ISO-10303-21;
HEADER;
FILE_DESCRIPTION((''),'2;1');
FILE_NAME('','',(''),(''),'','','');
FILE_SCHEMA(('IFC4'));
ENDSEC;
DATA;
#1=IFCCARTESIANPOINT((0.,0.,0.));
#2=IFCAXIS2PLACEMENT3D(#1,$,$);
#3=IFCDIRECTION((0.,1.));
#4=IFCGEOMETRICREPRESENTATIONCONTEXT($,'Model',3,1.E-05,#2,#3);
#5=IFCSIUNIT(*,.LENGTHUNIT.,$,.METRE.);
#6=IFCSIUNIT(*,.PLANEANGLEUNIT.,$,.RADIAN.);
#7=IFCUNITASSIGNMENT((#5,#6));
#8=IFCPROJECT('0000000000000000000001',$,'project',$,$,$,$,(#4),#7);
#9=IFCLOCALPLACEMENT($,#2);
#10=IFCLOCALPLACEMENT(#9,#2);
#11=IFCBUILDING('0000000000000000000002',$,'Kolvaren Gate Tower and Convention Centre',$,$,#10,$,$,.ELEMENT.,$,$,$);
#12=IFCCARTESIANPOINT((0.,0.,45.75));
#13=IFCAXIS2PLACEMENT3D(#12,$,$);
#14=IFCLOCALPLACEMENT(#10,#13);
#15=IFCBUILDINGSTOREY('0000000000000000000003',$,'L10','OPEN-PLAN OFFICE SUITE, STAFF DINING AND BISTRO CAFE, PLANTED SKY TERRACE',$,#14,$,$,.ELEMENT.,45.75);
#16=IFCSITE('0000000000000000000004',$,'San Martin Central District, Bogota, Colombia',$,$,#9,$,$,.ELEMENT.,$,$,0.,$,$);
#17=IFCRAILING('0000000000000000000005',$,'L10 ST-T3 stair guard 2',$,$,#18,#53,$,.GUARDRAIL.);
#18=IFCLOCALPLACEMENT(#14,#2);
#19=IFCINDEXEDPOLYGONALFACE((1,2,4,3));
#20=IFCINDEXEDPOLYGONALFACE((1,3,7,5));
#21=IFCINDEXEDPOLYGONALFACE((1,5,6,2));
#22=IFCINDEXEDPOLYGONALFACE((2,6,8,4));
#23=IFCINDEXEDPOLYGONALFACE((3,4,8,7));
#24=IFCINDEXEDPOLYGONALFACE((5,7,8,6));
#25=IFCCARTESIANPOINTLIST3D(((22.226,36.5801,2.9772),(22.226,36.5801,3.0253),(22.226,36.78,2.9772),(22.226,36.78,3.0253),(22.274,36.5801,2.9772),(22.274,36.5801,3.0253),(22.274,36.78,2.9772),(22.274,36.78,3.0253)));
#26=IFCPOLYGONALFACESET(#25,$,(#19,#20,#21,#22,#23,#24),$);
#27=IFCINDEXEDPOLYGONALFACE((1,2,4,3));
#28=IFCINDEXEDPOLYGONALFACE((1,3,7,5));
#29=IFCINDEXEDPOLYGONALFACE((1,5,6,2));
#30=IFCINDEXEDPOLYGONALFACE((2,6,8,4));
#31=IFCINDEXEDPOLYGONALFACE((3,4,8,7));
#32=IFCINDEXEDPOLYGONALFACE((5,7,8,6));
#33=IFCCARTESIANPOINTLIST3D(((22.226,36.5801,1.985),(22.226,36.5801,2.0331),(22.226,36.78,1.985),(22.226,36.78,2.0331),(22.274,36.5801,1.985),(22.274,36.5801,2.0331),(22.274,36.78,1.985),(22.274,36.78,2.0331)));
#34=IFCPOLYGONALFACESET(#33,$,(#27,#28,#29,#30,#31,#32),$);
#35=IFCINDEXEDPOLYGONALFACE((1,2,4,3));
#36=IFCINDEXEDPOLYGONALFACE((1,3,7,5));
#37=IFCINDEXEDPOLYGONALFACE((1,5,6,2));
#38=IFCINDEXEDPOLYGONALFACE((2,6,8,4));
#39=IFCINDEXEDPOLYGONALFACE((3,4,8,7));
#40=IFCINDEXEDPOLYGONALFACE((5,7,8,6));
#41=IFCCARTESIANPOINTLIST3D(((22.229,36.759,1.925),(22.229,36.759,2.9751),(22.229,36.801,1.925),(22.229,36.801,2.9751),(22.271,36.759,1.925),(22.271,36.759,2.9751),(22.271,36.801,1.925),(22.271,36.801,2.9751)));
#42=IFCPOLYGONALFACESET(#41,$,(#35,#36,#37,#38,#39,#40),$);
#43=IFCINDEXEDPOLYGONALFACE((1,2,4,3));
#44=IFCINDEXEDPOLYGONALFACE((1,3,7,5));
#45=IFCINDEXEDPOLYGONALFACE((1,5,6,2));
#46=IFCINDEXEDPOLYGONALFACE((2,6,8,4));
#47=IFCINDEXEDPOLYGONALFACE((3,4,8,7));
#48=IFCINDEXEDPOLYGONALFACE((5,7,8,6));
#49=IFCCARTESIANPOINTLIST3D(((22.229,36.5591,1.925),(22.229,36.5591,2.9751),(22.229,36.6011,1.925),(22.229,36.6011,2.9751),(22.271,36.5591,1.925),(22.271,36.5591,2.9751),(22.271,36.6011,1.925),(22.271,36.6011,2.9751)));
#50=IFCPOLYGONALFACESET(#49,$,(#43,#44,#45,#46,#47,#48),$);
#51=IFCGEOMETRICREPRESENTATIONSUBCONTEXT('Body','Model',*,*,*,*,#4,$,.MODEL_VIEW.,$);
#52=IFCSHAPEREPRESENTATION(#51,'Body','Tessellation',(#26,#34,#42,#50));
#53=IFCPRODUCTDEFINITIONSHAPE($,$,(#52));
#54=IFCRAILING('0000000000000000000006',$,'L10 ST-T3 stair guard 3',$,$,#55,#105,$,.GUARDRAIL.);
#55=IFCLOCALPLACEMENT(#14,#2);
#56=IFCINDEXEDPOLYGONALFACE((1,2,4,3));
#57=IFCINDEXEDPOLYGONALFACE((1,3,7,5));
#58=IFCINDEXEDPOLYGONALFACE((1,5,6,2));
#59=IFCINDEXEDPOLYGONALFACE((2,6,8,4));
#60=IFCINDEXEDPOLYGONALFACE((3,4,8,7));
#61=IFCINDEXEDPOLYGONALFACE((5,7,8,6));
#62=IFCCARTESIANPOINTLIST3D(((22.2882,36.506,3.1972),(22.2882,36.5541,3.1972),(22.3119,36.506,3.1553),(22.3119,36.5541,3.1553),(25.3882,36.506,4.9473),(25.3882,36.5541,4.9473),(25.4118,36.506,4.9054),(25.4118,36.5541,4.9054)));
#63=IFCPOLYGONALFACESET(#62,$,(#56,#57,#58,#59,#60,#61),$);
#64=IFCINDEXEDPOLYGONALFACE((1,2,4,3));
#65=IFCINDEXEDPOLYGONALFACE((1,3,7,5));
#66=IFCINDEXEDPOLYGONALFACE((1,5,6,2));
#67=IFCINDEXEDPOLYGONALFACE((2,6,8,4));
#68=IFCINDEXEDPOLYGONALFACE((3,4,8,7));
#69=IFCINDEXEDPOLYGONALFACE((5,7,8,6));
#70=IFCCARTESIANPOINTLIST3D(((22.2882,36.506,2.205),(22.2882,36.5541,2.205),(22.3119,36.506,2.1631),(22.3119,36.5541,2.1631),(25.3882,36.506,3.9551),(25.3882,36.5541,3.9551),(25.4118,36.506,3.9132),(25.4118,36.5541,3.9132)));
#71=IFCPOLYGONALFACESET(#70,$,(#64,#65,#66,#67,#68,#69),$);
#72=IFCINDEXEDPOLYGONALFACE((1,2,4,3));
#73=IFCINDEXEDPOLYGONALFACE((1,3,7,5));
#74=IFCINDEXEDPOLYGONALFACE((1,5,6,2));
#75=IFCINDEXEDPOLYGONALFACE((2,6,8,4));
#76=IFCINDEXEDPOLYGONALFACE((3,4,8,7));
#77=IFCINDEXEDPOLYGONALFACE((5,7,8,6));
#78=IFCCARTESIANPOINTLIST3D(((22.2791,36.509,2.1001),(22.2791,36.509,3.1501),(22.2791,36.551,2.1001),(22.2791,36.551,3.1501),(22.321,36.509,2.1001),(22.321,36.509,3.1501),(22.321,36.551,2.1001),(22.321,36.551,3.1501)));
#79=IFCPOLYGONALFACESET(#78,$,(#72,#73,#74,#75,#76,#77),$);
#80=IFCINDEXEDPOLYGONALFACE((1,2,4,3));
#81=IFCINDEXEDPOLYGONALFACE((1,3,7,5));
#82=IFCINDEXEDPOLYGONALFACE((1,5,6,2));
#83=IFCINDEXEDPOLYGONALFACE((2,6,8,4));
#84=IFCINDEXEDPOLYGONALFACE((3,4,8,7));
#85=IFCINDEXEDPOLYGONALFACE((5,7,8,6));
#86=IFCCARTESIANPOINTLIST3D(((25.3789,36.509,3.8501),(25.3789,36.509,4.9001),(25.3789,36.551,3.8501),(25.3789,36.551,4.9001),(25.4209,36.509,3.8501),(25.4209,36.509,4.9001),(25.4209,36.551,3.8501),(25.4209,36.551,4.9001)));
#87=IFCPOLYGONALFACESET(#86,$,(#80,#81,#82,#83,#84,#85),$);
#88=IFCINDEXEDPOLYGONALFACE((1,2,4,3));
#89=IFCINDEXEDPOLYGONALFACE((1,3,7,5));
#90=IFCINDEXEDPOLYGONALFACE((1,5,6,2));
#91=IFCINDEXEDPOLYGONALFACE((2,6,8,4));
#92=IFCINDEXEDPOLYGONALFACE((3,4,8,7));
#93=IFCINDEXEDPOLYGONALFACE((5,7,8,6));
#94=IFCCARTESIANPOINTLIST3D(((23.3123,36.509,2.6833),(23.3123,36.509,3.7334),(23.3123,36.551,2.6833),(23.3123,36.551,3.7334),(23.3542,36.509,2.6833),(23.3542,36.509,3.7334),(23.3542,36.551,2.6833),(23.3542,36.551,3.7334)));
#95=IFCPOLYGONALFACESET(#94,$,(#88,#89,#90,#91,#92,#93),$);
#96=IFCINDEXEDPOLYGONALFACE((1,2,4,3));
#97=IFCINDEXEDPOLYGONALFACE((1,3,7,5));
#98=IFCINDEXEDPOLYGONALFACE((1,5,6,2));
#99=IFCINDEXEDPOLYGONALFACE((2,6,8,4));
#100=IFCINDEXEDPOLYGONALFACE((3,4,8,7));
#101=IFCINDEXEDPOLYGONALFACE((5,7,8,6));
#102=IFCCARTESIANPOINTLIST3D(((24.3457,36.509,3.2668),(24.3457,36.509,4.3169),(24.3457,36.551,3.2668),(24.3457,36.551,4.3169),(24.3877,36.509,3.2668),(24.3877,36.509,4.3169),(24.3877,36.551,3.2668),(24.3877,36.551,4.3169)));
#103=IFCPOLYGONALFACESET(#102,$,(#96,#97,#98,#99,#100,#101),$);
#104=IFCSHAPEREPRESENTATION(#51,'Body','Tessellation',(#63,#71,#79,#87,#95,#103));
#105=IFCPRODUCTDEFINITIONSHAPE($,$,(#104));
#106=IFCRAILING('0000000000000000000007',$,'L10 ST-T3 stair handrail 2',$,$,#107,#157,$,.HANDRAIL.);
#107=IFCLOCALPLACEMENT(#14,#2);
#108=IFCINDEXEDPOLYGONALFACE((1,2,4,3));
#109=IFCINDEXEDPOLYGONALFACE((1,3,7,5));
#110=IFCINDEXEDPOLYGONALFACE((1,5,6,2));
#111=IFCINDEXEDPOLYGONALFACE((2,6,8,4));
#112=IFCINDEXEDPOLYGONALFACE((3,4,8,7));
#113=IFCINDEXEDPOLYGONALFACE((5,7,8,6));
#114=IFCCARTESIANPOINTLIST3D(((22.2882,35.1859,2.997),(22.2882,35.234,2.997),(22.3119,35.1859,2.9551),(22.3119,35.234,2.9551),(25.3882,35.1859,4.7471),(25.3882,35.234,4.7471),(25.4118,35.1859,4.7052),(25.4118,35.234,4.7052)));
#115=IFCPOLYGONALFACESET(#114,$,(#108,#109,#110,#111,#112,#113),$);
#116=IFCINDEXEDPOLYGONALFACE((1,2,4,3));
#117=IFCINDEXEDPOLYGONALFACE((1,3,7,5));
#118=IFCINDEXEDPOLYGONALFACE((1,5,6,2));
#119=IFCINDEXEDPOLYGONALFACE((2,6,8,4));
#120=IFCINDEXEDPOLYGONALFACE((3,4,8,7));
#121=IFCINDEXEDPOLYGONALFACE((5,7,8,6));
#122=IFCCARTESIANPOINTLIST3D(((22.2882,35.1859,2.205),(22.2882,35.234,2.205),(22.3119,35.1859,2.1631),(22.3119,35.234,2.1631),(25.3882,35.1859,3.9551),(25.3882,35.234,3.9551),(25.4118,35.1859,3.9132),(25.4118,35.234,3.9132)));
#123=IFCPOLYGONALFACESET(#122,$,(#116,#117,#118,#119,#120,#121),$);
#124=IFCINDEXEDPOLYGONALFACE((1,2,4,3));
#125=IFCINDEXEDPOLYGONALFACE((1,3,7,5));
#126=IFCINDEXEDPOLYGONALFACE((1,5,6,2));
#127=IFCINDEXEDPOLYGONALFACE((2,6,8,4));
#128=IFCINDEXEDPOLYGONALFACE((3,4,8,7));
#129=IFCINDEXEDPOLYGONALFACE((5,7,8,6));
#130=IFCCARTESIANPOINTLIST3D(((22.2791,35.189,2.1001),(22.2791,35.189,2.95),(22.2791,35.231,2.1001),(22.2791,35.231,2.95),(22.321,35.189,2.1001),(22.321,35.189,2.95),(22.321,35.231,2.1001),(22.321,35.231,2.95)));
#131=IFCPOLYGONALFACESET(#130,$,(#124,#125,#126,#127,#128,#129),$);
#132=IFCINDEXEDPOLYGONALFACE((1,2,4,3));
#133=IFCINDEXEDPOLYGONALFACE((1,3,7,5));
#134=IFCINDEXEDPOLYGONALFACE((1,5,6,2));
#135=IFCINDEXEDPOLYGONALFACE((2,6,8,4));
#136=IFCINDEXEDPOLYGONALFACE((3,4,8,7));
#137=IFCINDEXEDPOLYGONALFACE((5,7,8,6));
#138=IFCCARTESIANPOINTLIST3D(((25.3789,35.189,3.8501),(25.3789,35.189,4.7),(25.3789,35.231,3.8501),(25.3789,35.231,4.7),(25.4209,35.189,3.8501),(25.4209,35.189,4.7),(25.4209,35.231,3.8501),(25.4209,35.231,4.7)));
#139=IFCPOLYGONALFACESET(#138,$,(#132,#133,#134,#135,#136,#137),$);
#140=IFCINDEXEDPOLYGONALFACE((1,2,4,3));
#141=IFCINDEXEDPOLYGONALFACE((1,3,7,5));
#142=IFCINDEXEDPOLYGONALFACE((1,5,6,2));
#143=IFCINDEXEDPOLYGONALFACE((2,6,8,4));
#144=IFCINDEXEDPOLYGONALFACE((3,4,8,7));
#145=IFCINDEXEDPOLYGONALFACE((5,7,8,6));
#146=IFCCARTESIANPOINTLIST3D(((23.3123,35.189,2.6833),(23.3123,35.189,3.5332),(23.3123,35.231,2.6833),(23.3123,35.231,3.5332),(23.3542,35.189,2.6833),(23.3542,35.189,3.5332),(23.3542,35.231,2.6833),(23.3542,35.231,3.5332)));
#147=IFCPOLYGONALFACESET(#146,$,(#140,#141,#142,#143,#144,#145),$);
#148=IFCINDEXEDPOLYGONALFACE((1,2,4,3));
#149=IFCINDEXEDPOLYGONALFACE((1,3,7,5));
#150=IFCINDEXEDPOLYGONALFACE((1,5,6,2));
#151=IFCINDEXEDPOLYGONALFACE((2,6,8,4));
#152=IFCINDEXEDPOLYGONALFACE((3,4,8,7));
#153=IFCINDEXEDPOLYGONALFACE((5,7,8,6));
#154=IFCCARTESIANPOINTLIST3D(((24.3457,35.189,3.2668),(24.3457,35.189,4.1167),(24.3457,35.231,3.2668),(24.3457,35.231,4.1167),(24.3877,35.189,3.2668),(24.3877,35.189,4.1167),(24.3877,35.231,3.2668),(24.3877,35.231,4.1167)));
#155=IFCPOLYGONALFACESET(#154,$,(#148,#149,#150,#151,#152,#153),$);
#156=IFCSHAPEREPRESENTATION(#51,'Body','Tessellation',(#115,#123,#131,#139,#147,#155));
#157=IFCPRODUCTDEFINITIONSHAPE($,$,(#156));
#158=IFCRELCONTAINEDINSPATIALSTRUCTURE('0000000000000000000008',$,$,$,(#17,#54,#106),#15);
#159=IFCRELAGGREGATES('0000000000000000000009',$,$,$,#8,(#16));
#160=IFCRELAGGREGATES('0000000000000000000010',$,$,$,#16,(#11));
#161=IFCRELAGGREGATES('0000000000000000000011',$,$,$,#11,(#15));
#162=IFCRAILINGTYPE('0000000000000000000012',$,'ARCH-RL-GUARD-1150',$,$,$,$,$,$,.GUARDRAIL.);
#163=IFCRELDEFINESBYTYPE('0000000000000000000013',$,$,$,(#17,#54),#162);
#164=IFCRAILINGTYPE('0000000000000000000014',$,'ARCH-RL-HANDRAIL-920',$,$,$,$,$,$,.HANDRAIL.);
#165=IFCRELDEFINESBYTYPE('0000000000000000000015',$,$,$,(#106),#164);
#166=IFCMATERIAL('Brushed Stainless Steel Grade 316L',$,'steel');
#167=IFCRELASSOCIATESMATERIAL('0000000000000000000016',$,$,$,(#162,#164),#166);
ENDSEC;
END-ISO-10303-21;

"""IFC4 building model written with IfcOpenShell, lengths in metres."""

from ifc_helpers import new_model, si_unit, direction, frame, origin, origin_2d, place, context, subcontext, project, spatial, rectangle, extrude, material, type_object, element, save


model = new_model("IFC4")

# Units and contexts
model_context = context("Model", 3, precision=1e-05, world=origin(), true_north=direction((0.0, 1.0)))
body_context = subcontext(model_context, "Body", "Model", "MODEL_VIEW")
ifc_project = project(units=[si_unit("LENGTHUNIT", "METRE"), si_unit("PLANEANGLEUNIT", "RADIAN")], contexts=[model_context])

# Site, building, storey
site_placement = place(None, origin())
site = spatial("IfcSite", under=ifc_project, at=site_placement, Name="San Martin Central District, Bogota, Colombia", CompositionType="ELEMENT", RefElevation=0.0)
building_placement = place(site_placement, origin())
building = spatial("IfcBuilding", under=site, at=building_placement, Name="Kolvaren Gate Tower and Convention Centre", CompositionType="ELEMENT")
storey_placement = place(building_placement, frame((0.0, 0.0, 45.75)))
storey = spatial("IfcBuildingStorey", under=building, at=storey_placement, Name="L10", Description="OPEN-PLAN OFFICE SUITE, STAFF DINING AND BISTRO CAFE, PLANTED SKY TERRACE", CompositionType="ELEMENT", Elevation=45.75)

# Railings
ifc_material_1 = material(Name="Brushed Stainless Steel Grade 316L", Category="steel")
railing_type_1 = type_object("IfcRailingType", Name="ARCH-RL-GUARD-1150", PredefinedType="GUARDRAIL", material=ifc_material_1)
railing_1_placement = place(storey_placement, frame((22.25, 36.78, 1.925)))
element("IfcRailing", 1, at=railing_1_placement, inside=storey, type_object=railing_type_1, Name="L10 ST-T3 stair guard 2", PredefinedType="GUARDRAIL", context=body_context, shape_type="SweptSolid", body=[
    extrude(rectangle(XDim=0.0481, YDim=0.0481, at=origin_2d()), frame((0.0, 0.0, 1.0762), z_axis=(0.0, -1.0, 0.0), x_axis=(1.0, 0.0, 0.0)), (0.0, 0.0, 1.0), 0.2),
    extrude(rectangle(XDim=0.0481, YDim=0.0481, at=origin_2d()), frame((0.0, 0.0, 0.084), z_axis=(0.0, -1.0, 0.0), x_axis=(1.0, 0.0, 0.0)), (0.0, 0.0, 1.0), 0.2),
    extrude(rectangle(XDim=0.042, YDim=0.042, at=origin_2d()), origin(), (0.0, 0.0, 1.0), 1.05),
    extrude(rectangle(XDim=0.042, YDim=0.042, at=origin_2d()), frame((0.0, -0.2, 0.0)), (0.0, 0.0, 1.0), 1.05),
])
railing_2_placement = place(storey_placement, frame((22.3, 36.53, 2.1001)))
element("IfcRailing", 2, at=railing_2_placement, inside=storey, type_object=railing_type_1, Name="L10 ST-T3 stair guard 3", PredefinedType="GUARDRAIL", context=body_context, shape_type="SweptSolid", body=[
    extrude(rectangle(XDim=0.0481, YDim=0.0481, at=origin_2d()), frame((0.0, 0.0, 1.0762), z_axis=(0.870814, 0.0, 0.491612), x_axis=(0.0, 1.0, 0.0)), (0.0, 0.0, 1.0), 3.5598),
    extrude(rectangle(XDim=0.0481, YDim=0.0481, at=origin_2d()), frame((0.0, 0.0, 0.084), z_axis=(0.870814, 0.0, 0.491612), x_axis=(0.0, 1.0, 0.0)), (0.0, 0.0, 1.0), 3.5598),
    extrude(rectangle(XDim=0.042, YDim=0.042, at=origin_2d()), origin(), (0.0, 0.0, 1.0), 1.05),
    extrude(rectangle(XDim=0.042, YDim=0.042, at=origin_2d()), frame((3.0999, 0.0, 1.75)), (0.0, 0.0, 1.0), 1.05),
    extrude(rectangle(XDim=0.042, YDim=0.042, at=origin_2d()), frame((1.0332, 0.0, 0.5833)), (0.0, 0.0, 1.0), 1.05),
    extrude(rectangle(XDim=0.042, YDim=0.042, at=origin_2d()), frame((2.0667, 0.0, 1.1667)), (0.0, 0.0, 1.0), 1.05),
])
railing_type_2 = type_object("IfcRailingType", Name="ARCH-RL-HANDRAIL-920", PredefinedType="HANDRAIL", material=ifc_material_1)
railing_3_placement = place(storey_placement, frame((22.3, 35.21, 2.1001)))
element("IfcRailing", 3, at=railing_3_placement, inside=storey, type_object=railing_type_2, Name="L10 ST-T3 stair handrail 2", PredefinedType="HANDRAIL", context=body_context, shape_type="SweptSolid", body=[
    extrude(rectangle(XDim=0.0481, YDim=0.0481, at=origin_2d()), frame((0.0, 0.0, 0.876), z_axis=(0.870814, 0.0, 0.491612), x_axis=(0.0, 1.0, 0.0)), (0.0, 0.0, 1.0), 3.5598),
    extrude(rectangle(XDim=0.0481, YDim=0.0481, at=origin_2d()), frame((0.0, 0.0, 0.084), z_axis=(0.870814, 0.0, 0.491612), x_axis=(0.0, 1.0, 0.0)), (0.0, 0.0, 1.0), 3.5598),
    extrude(rectangle(XDim=0.042, YDim=0.042, at=origin_2d()), origin(), (0.0, 0.0, 1.0), 0.8499),
    extrude(rectangle(XDim=0.042, YDim=0.042, at=origin_2d()), frame((3.0999, 0.0, 1.75)), (0.0, 0.0, 1.0), 0.8499),
    extrude(rectangle(XDim=0.042, YDim=0.042, at=origin_2d()), frame((1.0332, 0.0, 0.5833)), (0.0, 0.0, 1.0), 0.8499),
    extrude(rectangle(XDim=0.042, YDim=0.042, at=origin_2d()), frame((2.0667, 0.0, 1.1667)), (0.0, 0.0, 1.0), 0.8499),
])

save(model, "model.ifc")
